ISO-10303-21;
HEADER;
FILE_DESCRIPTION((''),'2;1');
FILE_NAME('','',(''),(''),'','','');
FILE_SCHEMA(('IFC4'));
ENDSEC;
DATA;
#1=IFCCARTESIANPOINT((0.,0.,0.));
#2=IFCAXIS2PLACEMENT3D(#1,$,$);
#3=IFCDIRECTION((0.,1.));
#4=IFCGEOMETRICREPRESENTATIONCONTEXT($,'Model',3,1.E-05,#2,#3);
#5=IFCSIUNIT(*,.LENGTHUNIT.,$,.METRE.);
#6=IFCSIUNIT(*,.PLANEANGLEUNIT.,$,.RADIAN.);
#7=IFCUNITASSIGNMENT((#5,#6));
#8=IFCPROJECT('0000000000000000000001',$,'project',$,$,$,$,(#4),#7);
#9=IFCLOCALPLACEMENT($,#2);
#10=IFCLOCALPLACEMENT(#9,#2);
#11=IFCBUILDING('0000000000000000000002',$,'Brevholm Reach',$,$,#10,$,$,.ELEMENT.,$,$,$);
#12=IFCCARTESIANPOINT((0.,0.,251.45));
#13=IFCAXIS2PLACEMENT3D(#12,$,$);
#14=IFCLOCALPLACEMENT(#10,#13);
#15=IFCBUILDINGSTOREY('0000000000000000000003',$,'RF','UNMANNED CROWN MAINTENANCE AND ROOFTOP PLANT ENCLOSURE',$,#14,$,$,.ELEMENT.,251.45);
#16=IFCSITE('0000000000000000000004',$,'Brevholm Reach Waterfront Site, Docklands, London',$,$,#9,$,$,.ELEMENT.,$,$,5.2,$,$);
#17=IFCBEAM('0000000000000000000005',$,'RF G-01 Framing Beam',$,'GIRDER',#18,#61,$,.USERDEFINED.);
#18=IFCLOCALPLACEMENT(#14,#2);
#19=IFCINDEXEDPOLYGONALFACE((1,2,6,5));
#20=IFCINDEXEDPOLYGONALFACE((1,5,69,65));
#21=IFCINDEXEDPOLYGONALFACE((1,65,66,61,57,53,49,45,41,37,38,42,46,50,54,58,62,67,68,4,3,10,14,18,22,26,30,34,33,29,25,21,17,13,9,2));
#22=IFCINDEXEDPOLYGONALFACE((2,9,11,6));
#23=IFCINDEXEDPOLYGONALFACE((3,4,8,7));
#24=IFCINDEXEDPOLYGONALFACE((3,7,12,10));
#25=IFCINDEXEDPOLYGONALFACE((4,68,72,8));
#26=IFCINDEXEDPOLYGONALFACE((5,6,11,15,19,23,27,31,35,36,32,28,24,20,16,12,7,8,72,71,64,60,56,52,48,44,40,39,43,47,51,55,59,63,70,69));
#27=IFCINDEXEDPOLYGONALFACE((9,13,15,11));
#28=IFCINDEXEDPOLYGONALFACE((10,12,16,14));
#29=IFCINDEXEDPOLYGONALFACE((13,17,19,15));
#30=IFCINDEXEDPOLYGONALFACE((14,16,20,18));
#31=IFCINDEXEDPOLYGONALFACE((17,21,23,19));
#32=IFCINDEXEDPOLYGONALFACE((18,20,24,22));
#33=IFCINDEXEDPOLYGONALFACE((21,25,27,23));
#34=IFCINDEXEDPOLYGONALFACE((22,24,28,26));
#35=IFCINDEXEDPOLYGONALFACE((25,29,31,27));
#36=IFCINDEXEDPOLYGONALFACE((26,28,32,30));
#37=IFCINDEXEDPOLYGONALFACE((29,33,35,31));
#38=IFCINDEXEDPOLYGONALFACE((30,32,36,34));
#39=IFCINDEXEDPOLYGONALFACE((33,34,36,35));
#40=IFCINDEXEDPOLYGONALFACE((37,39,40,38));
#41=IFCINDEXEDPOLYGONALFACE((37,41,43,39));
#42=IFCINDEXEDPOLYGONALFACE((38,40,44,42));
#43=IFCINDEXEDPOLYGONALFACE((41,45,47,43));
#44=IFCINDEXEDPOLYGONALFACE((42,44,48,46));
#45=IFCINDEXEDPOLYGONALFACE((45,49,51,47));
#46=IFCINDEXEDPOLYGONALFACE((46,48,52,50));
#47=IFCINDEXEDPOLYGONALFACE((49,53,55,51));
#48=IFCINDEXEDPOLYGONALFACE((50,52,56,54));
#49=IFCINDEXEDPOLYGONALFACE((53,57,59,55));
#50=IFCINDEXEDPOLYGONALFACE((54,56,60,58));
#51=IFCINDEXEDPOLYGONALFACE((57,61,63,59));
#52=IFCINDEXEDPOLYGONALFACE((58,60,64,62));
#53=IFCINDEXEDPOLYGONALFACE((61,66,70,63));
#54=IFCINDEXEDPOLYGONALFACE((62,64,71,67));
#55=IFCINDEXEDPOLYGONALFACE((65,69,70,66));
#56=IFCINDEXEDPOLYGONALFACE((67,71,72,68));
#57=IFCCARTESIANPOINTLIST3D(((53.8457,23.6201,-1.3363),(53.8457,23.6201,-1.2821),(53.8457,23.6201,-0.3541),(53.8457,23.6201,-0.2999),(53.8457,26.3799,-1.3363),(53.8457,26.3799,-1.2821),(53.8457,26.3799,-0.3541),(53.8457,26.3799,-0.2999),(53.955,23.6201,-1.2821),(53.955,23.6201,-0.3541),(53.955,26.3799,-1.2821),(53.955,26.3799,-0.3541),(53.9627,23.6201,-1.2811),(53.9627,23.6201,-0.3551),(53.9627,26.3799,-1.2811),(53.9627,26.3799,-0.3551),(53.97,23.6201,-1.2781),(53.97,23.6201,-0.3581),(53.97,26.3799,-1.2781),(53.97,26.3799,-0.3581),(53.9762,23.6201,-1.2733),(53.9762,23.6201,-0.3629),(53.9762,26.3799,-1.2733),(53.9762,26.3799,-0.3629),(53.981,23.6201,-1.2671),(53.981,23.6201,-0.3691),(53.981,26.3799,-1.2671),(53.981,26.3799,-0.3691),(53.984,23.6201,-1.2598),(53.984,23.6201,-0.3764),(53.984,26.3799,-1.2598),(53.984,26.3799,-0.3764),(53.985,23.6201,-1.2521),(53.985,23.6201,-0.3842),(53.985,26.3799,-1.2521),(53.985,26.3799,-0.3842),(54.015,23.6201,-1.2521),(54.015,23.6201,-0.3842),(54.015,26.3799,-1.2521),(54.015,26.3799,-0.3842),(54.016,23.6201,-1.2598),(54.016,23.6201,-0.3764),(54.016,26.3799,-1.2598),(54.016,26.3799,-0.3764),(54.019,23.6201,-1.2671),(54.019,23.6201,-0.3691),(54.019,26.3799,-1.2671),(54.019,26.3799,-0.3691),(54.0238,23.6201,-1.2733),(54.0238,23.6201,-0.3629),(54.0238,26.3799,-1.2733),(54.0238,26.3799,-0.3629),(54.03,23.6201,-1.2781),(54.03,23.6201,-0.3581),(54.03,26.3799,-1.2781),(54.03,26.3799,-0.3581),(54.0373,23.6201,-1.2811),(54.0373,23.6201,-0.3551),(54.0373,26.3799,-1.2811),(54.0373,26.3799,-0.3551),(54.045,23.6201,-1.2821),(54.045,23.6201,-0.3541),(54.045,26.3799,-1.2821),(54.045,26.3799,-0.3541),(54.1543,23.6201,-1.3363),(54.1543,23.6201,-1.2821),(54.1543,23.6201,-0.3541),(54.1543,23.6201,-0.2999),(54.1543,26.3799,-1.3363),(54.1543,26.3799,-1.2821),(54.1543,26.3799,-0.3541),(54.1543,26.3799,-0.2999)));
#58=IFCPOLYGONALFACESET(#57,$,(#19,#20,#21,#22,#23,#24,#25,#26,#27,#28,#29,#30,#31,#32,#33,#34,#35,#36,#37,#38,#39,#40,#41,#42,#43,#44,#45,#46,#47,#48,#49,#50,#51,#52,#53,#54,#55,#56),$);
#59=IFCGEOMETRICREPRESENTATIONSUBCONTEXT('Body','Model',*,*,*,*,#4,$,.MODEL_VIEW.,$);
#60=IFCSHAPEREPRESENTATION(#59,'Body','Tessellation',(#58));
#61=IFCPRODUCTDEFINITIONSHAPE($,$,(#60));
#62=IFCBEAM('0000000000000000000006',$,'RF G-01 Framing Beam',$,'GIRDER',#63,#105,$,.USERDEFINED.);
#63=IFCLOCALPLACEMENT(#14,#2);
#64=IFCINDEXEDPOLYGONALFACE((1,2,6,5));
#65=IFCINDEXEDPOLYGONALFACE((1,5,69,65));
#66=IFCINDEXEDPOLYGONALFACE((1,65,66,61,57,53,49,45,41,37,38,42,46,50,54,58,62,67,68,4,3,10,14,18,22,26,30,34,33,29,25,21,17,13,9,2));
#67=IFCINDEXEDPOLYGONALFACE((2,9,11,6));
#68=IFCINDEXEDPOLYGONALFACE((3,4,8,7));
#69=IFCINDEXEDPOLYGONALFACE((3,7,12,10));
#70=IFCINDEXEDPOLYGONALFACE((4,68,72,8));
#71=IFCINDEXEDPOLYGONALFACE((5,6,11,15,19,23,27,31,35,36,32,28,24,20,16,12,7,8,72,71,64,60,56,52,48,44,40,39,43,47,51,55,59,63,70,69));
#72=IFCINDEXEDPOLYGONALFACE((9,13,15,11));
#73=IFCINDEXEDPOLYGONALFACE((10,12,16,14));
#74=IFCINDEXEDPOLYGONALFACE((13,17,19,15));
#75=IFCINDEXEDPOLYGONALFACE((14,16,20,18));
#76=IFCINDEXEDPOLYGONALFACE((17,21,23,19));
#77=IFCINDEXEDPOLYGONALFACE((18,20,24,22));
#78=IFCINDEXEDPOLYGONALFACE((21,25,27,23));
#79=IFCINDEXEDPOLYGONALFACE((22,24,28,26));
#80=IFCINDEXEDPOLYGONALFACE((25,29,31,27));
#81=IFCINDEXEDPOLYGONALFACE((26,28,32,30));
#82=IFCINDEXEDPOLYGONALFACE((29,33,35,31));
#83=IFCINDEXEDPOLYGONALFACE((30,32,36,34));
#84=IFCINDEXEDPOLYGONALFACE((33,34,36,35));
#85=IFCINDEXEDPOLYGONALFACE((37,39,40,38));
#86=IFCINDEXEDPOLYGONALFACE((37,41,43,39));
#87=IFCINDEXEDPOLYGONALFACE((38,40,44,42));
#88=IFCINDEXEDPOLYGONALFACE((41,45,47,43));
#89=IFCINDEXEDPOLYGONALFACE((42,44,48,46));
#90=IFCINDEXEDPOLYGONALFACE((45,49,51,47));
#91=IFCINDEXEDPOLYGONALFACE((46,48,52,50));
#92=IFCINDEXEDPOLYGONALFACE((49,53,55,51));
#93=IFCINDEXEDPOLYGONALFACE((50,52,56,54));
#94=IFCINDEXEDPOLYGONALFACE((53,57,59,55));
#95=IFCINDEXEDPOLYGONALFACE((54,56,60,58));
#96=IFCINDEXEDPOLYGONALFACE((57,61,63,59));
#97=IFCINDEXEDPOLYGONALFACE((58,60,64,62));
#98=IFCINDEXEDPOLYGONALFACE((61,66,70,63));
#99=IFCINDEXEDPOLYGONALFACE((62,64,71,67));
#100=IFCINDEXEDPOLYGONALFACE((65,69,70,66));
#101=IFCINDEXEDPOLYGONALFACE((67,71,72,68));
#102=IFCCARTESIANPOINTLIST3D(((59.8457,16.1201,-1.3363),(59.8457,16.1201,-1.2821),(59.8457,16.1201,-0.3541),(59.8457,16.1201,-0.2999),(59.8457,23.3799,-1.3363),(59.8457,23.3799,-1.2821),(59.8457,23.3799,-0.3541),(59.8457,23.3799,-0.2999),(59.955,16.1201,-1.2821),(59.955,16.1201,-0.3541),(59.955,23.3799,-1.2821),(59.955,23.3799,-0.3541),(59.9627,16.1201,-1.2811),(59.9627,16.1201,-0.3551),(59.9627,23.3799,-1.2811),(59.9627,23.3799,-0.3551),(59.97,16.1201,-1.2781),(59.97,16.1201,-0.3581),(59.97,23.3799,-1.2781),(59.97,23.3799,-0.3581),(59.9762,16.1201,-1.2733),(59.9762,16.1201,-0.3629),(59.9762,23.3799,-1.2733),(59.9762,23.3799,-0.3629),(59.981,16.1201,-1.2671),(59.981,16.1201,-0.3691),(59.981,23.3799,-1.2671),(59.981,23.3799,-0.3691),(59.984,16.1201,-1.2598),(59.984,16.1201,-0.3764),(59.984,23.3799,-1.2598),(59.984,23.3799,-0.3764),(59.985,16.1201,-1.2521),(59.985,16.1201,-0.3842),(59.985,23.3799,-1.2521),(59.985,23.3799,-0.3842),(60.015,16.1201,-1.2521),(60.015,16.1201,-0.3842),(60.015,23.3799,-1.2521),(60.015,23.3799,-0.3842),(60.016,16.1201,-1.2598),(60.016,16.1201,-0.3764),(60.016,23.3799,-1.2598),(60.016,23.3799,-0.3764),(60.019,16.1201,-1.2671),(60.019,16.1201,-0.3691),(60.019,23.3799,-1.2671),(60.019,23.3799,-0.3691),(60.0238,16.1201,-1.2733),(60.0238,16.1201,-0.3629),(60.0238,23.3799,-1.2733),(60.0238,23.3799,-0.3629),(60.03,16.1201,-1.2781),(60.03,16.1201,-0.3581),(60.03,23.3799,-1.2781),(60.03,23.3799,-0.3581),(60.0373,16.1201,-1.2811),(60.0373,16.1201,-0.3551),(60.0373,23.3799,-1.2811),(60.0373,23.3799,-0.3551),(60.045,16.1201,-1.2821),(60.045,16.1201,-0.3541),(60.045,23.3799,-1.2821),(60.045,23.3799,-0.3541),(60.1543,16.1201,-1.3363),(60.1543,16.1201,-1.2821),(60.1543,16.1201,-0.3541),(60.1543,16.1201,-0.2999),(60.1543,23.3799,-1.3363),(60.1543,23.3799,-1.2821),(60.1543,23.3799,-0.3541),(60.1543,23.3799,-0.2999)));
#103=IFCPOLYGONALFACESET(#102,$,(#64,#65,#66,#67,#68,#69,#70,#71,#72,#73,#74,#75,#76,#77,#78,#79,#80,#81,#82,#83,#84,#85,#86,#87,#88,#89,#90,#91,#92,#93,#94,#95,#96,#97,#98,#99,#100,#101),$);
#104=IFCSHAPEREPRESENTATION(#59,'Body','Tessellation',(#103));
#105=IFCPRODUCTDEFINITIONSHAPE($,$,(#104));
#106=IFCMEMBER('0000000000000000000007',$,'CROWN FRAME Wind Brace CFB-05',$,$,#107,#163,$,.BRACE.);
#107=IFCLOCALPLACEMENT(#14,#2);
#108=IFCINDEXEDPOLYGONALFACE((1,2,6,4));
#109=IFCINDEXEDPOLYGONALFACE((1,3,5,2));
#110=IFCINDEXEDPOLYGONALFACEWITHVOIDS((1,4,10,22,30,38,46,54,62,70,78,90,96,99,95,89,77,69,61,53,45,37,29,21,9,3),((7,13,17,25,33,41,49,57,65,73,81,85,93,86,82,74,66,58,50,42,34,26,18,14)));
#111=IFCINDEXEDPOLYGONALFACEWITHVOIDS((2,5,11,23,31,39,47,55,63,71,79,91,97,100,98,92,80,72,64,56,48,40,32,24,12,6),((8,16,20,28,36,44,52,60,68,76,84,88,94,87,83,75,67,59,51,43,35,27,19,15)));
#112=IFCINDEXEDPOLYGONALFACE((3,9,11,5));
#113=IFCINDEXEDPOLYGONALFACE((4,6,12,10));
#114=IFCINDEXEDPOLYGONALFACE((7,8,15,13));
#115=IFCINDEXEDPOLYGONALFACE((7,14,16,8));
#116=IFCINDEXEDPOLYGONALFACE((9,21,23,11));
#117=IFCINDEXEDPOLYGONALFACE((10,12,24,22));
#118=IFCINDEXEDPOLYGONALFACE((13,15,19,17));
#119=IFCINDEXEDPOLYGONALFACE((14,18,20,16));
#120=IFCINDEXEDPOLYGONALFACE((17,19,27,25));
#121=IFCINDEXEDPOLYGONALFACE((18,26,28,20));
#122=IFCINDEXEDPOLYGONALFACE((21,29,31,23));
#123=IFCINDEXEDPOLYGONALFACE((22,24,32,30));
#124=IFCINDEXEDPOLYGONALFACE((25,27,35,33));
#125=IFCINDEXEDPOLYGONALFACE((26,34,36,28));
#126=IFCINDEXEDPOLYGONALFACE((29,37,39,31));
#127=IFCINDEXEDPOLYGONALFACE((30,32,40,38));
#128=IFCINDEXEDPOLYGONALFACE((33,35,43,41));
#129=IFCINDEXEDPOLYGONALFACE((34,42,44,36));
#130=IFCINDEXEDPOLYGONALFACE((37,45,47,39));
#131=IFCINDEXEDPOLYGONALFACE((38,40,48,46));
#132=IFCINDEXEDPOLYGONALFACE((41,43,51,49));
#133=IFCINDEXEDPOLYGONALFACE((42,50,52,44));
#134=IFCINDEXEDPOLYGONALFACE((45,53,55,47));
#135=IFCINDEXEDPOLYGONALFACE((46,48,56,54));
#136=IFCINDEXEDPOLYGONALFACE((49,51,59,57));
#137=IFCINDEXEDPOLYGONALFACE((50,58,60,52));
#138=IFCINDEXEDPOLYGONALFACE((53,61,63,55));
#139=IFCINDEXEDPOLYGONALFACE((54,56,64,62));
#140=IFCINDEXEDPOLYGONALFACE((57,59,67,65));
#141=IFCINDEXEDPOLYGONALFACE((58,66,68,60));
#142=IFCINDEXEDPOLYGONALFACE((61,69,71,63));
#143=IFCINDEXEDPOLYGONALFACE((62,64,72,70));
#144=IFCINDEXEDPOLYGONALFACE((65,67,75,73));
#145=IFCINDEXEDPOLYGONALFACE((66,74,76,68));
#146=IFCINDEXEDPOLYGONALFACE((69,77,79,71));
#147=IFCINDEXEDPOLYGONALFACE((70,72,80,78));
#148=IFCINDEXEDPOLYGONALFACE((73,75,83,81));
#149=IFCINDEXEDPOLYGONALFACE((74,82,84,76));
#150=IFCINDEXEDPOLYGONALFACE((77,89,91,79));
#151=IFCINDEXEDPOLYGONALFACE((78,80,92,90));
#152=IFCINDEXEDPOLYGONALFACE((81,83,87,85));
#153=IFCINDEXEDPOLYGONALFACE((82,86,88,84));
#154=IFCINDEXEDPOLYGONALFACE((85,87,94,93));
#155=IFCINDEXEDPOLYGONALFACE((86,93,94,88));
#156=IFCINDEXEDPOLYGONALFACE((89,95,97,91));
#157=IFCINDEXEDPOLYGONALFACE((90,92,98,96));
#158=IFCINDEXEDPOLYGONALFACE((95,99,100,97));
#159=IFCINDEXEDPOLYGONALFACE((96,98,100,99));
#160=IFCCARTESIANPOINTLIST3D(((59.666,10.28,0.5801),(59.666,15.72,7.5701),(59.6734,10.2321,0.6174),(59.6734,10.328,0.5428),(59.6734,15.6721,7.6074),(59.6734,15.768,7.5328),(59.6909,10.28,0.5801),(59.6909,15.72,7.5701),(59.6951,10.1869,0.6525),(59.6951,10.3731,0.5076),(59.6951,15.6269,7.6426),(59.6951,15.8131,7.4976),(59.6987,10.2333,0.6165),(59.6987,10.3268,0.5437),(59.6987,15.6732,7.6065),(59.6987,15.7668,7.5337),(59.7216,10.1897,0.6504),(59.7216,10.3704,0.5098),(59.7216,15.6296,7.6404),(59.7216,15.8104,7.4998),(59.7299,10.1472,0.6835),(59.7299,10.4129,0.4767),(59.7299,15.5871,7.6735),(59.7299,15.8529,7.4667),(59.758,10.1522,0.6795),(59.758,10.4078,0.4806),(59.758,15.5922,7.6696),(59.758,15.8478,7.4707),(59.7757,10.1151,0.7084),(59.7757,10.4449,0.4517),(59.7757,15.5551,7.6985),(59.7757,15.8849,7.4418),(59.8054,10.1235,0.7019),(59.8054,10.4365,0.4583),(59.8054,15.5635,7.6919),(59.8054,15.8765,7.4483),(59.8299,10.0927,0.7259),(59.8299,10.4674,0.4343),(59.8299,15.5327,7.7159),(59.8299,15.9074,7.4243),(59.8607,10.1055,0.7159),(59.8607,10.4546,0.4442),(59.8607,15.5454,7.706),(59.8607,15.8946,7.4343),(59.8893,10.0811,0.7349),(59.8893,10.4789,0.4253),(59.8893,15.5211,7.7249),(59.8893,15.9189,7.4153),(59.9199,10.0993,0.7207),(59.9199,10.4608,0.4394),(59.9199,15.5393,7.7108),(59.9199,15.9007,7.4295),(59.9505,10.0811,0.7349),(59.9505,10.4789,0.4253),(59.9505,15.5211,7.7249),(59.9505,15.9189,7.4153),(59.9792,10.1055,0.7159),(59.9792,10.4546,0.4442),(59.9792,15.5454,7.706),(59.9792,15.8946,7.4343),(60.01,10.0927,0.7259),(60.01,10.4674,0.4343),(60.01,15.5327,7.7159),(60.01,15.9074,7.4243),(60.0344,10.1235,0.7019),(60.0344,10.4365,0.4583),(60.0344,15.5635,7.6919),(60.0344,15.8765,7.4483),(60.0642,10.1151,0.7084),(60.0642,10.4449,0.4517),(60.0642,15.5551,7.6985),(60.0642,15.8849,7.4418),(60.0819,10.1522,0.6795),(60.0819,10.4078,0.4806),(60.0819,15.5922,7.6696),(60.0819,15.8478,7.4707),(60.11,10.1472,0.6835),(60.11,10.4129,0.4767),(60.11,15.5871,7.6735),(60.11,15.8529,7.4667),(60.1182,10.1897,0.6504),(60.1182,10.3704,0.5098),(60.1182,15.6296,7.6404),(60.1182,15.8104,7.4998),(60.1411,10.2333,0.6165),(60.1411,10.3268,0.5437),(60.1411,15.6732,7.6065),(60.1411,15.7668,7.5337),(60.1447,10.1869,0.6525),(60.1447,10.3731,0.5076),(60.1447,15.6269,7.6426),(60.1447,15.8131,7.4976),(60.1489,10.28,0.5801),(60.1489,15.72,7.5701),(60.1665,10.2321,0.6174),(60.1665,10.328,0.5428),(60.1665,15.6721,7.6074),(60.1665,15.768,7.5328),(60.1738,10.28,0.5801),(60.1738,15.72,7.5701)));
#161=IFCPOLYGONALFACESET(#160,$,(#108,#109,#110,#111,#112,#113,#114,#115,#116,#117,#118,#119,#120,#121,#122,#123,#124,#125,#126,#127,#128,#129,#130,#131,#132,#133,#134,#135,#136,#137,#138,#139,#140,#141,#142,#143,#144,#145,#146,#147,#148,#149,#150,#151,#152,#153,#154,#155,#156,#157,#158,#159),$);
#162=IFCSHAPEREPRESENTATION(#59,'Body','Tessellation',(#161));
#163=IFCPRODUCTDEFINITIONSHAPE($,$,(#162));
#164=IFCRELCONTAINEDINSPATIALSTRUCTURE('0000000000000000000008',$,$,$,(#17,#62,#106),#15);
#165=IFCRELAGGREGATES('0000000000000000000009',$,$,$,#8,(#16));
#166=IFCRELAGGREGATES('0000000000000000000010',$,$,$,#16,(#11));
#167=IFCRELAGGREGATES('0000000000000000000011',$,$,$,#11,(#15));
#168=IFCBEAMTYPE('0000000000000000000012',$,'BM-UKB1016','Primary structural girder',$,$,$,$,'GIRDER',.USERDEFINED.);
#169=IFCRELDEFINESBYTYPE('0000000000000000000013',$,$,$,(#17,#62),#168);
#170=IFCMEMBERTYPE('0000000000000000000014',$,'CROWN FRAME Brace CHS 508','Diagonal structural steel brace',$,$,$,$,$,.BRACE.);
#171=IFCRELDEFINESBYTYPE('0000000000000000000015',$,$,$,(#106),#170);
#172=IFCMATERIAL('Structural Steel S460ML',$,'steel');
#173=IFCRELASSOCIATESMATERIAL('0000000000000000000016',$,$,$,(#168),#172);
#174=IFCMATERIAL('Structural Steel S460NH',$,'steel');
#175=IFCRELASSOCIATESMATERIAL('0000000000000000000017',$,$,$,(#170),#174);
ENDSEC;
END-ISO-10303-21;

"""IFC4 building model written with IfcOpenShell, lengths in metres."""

from ifc_helpers import new_model, si_unit, direction, frame, origin, origin_2d, place, context, subcontext, project, spatial, hollow_circle, i_section, extrude, material, material_profile, profile_set, type_object, element, save


model = new_model("IFC4")

# Units and contexts
model_context = context("Model", 3, precision=1e-05, world=origin(), true_north=direction((0.0, 1.0)))
body_context = subcontext(model_context, "Body", "Model", "MODEL_VIEW")
ifc_project = project(units=[si_unit("LENGTHUNIT", "METRE"), si_unit("PLANEANGLEUNIT", "RADIAN")], contexts=[model_context])

# Site, building, storey
site_placement = place(None, origin())
site = spatial("IfcSite", under=ifc_project, at=site_placement, Name="Brevholm Reach Waterfront Site, Docklands, London", CompositionType="ELEMENT", RefElevation=5.2)
building_placement = place(site_placement, origin())
building = spatial("IfcBuilding", under=site, at=building_placement, Name="Brevholm Reach", CompositionType="ELEMENT")
storey_placement = place(building_placement, frame((0.0, 0.0, 251.45)))
storey = spatial("IfcBuildingStorey", under=building, at=storey_placement, Name="RF", Description="UNMANNED CROWN MAINTENANCE AND ROOFTOP PLANT ENCLOSURE", CompositionType="ELEMENT", Elevation=251.45)

# Beams
ifc_material_1 = material(Name="Structural Steel S460ML", Category="steel")
ifc_material_profile_1 = material_profile(ifc_material_1, i_section(OverallWidth=0.3086, OverallDepth=1.0364, WebThickness=0.03, FlangeThickness=0.0542, FilletRadius=0.03, at=origin_2d()), Name="UKB 1016x305x487")
ifc_profile_set_1 = profile_set([ifc_material_profile_1], Name="Structural Steel S460ML")
beam_type = type_object("IfcBeamType", Name="BM-UKB1016", Description="Primary structural girder", ElementType="GIRDER", PredefinedType="USERDEFINED", material=ifc_profile_set_1)
beam_1_placement = place(storey_placement, frame((54.0, 23.6201, -0.8181), z_axis=(0.0, 1.0, 0.0), x_axis=(-1.0, 0.0, 0.0)))
element("IfcBeam", 1, at=beam_1_placement, inside=storey, type_object=beam_type, Name="RF G-01 Framing Beam", ObjectType="GIRDER", PredefinedType="USERDEFINED", context=body_context, shape_type="SweptSolid", body=[
    extrude(i_section(OverallWidth=0.3086, OverallDepth=1.0364, WebThickness=0.03, FlangeThickness=0.0542, FilletRadius=0.03, at=origin_2d()), origin(), (0.0, 0.0, 1.0), 2.7598),
])
beam_2_placement = place(storey_placement, frame((60.0, 16.1201, -0.8181), z_axis=(0.0, 1.0, 0.0), x_axis=(-1.0, 0.0, 0.0)))
element("IfcBeam", 2, at=beam_2_placement, inside=storey, type_object=beam_type, Name="RF G-01 Framing Beam", ObjectType="GIRDER", PredefinedType="USERDEFINED", context=body_context, shape_type="SweptSolid", body=[
    extrude(i_section(OverallWidth=0.3086, OverallDepth=1.0364, WebThickness=0.03, FlangeThickness=0.0542, FilletRadius=0.03, at=origin_2d()), origin(), (0.0, 0.0, 1.0), 7.2598),
])

# Member
ifc_material_2 = material(Name="Structural Steel S460NH", Category="steel")
ifc_material_profile_2 = material_profile(ifc_material_2, hollow_circle(Radius=0.2539, WallThickness=0.0249, at=origin_2d()), Name="CHS 508x25")
ifc_profile_set_2 = profile_set([ifc_material_profile_2], Name="Structural Steel S460NH")
member_type_1 = type_object("IfcMemberType", Name="CROWN FRAME Brace CHS 508", Description="Diagonal structural steel brace", PredefinedType="BRACE", material=ifc_profile_set_2)
member_1_placement = place(storey_placement, frame((59.9199, 10.28, 0.5801), z_axis=(0.0, 0.614171, 0.789173), x_axis=(-1.0, 0.0, 0.0)))
element("IfcMember", 3, at=member_1_placement, inside=storey, type_object=member_type_1, Name="CROWN FRAME Wind Brace CFB-05", PredefinedType="BRACE", context=body_context, shape_type="SweptSolid", body=[
    extrude(hollow_circle(Radius=0.2539, WallThickness=0.0249, at=origin_2d()), origin(), (0.0, 0.0, 1.0), 8.8574),
])

save(model, "model.ifc")
